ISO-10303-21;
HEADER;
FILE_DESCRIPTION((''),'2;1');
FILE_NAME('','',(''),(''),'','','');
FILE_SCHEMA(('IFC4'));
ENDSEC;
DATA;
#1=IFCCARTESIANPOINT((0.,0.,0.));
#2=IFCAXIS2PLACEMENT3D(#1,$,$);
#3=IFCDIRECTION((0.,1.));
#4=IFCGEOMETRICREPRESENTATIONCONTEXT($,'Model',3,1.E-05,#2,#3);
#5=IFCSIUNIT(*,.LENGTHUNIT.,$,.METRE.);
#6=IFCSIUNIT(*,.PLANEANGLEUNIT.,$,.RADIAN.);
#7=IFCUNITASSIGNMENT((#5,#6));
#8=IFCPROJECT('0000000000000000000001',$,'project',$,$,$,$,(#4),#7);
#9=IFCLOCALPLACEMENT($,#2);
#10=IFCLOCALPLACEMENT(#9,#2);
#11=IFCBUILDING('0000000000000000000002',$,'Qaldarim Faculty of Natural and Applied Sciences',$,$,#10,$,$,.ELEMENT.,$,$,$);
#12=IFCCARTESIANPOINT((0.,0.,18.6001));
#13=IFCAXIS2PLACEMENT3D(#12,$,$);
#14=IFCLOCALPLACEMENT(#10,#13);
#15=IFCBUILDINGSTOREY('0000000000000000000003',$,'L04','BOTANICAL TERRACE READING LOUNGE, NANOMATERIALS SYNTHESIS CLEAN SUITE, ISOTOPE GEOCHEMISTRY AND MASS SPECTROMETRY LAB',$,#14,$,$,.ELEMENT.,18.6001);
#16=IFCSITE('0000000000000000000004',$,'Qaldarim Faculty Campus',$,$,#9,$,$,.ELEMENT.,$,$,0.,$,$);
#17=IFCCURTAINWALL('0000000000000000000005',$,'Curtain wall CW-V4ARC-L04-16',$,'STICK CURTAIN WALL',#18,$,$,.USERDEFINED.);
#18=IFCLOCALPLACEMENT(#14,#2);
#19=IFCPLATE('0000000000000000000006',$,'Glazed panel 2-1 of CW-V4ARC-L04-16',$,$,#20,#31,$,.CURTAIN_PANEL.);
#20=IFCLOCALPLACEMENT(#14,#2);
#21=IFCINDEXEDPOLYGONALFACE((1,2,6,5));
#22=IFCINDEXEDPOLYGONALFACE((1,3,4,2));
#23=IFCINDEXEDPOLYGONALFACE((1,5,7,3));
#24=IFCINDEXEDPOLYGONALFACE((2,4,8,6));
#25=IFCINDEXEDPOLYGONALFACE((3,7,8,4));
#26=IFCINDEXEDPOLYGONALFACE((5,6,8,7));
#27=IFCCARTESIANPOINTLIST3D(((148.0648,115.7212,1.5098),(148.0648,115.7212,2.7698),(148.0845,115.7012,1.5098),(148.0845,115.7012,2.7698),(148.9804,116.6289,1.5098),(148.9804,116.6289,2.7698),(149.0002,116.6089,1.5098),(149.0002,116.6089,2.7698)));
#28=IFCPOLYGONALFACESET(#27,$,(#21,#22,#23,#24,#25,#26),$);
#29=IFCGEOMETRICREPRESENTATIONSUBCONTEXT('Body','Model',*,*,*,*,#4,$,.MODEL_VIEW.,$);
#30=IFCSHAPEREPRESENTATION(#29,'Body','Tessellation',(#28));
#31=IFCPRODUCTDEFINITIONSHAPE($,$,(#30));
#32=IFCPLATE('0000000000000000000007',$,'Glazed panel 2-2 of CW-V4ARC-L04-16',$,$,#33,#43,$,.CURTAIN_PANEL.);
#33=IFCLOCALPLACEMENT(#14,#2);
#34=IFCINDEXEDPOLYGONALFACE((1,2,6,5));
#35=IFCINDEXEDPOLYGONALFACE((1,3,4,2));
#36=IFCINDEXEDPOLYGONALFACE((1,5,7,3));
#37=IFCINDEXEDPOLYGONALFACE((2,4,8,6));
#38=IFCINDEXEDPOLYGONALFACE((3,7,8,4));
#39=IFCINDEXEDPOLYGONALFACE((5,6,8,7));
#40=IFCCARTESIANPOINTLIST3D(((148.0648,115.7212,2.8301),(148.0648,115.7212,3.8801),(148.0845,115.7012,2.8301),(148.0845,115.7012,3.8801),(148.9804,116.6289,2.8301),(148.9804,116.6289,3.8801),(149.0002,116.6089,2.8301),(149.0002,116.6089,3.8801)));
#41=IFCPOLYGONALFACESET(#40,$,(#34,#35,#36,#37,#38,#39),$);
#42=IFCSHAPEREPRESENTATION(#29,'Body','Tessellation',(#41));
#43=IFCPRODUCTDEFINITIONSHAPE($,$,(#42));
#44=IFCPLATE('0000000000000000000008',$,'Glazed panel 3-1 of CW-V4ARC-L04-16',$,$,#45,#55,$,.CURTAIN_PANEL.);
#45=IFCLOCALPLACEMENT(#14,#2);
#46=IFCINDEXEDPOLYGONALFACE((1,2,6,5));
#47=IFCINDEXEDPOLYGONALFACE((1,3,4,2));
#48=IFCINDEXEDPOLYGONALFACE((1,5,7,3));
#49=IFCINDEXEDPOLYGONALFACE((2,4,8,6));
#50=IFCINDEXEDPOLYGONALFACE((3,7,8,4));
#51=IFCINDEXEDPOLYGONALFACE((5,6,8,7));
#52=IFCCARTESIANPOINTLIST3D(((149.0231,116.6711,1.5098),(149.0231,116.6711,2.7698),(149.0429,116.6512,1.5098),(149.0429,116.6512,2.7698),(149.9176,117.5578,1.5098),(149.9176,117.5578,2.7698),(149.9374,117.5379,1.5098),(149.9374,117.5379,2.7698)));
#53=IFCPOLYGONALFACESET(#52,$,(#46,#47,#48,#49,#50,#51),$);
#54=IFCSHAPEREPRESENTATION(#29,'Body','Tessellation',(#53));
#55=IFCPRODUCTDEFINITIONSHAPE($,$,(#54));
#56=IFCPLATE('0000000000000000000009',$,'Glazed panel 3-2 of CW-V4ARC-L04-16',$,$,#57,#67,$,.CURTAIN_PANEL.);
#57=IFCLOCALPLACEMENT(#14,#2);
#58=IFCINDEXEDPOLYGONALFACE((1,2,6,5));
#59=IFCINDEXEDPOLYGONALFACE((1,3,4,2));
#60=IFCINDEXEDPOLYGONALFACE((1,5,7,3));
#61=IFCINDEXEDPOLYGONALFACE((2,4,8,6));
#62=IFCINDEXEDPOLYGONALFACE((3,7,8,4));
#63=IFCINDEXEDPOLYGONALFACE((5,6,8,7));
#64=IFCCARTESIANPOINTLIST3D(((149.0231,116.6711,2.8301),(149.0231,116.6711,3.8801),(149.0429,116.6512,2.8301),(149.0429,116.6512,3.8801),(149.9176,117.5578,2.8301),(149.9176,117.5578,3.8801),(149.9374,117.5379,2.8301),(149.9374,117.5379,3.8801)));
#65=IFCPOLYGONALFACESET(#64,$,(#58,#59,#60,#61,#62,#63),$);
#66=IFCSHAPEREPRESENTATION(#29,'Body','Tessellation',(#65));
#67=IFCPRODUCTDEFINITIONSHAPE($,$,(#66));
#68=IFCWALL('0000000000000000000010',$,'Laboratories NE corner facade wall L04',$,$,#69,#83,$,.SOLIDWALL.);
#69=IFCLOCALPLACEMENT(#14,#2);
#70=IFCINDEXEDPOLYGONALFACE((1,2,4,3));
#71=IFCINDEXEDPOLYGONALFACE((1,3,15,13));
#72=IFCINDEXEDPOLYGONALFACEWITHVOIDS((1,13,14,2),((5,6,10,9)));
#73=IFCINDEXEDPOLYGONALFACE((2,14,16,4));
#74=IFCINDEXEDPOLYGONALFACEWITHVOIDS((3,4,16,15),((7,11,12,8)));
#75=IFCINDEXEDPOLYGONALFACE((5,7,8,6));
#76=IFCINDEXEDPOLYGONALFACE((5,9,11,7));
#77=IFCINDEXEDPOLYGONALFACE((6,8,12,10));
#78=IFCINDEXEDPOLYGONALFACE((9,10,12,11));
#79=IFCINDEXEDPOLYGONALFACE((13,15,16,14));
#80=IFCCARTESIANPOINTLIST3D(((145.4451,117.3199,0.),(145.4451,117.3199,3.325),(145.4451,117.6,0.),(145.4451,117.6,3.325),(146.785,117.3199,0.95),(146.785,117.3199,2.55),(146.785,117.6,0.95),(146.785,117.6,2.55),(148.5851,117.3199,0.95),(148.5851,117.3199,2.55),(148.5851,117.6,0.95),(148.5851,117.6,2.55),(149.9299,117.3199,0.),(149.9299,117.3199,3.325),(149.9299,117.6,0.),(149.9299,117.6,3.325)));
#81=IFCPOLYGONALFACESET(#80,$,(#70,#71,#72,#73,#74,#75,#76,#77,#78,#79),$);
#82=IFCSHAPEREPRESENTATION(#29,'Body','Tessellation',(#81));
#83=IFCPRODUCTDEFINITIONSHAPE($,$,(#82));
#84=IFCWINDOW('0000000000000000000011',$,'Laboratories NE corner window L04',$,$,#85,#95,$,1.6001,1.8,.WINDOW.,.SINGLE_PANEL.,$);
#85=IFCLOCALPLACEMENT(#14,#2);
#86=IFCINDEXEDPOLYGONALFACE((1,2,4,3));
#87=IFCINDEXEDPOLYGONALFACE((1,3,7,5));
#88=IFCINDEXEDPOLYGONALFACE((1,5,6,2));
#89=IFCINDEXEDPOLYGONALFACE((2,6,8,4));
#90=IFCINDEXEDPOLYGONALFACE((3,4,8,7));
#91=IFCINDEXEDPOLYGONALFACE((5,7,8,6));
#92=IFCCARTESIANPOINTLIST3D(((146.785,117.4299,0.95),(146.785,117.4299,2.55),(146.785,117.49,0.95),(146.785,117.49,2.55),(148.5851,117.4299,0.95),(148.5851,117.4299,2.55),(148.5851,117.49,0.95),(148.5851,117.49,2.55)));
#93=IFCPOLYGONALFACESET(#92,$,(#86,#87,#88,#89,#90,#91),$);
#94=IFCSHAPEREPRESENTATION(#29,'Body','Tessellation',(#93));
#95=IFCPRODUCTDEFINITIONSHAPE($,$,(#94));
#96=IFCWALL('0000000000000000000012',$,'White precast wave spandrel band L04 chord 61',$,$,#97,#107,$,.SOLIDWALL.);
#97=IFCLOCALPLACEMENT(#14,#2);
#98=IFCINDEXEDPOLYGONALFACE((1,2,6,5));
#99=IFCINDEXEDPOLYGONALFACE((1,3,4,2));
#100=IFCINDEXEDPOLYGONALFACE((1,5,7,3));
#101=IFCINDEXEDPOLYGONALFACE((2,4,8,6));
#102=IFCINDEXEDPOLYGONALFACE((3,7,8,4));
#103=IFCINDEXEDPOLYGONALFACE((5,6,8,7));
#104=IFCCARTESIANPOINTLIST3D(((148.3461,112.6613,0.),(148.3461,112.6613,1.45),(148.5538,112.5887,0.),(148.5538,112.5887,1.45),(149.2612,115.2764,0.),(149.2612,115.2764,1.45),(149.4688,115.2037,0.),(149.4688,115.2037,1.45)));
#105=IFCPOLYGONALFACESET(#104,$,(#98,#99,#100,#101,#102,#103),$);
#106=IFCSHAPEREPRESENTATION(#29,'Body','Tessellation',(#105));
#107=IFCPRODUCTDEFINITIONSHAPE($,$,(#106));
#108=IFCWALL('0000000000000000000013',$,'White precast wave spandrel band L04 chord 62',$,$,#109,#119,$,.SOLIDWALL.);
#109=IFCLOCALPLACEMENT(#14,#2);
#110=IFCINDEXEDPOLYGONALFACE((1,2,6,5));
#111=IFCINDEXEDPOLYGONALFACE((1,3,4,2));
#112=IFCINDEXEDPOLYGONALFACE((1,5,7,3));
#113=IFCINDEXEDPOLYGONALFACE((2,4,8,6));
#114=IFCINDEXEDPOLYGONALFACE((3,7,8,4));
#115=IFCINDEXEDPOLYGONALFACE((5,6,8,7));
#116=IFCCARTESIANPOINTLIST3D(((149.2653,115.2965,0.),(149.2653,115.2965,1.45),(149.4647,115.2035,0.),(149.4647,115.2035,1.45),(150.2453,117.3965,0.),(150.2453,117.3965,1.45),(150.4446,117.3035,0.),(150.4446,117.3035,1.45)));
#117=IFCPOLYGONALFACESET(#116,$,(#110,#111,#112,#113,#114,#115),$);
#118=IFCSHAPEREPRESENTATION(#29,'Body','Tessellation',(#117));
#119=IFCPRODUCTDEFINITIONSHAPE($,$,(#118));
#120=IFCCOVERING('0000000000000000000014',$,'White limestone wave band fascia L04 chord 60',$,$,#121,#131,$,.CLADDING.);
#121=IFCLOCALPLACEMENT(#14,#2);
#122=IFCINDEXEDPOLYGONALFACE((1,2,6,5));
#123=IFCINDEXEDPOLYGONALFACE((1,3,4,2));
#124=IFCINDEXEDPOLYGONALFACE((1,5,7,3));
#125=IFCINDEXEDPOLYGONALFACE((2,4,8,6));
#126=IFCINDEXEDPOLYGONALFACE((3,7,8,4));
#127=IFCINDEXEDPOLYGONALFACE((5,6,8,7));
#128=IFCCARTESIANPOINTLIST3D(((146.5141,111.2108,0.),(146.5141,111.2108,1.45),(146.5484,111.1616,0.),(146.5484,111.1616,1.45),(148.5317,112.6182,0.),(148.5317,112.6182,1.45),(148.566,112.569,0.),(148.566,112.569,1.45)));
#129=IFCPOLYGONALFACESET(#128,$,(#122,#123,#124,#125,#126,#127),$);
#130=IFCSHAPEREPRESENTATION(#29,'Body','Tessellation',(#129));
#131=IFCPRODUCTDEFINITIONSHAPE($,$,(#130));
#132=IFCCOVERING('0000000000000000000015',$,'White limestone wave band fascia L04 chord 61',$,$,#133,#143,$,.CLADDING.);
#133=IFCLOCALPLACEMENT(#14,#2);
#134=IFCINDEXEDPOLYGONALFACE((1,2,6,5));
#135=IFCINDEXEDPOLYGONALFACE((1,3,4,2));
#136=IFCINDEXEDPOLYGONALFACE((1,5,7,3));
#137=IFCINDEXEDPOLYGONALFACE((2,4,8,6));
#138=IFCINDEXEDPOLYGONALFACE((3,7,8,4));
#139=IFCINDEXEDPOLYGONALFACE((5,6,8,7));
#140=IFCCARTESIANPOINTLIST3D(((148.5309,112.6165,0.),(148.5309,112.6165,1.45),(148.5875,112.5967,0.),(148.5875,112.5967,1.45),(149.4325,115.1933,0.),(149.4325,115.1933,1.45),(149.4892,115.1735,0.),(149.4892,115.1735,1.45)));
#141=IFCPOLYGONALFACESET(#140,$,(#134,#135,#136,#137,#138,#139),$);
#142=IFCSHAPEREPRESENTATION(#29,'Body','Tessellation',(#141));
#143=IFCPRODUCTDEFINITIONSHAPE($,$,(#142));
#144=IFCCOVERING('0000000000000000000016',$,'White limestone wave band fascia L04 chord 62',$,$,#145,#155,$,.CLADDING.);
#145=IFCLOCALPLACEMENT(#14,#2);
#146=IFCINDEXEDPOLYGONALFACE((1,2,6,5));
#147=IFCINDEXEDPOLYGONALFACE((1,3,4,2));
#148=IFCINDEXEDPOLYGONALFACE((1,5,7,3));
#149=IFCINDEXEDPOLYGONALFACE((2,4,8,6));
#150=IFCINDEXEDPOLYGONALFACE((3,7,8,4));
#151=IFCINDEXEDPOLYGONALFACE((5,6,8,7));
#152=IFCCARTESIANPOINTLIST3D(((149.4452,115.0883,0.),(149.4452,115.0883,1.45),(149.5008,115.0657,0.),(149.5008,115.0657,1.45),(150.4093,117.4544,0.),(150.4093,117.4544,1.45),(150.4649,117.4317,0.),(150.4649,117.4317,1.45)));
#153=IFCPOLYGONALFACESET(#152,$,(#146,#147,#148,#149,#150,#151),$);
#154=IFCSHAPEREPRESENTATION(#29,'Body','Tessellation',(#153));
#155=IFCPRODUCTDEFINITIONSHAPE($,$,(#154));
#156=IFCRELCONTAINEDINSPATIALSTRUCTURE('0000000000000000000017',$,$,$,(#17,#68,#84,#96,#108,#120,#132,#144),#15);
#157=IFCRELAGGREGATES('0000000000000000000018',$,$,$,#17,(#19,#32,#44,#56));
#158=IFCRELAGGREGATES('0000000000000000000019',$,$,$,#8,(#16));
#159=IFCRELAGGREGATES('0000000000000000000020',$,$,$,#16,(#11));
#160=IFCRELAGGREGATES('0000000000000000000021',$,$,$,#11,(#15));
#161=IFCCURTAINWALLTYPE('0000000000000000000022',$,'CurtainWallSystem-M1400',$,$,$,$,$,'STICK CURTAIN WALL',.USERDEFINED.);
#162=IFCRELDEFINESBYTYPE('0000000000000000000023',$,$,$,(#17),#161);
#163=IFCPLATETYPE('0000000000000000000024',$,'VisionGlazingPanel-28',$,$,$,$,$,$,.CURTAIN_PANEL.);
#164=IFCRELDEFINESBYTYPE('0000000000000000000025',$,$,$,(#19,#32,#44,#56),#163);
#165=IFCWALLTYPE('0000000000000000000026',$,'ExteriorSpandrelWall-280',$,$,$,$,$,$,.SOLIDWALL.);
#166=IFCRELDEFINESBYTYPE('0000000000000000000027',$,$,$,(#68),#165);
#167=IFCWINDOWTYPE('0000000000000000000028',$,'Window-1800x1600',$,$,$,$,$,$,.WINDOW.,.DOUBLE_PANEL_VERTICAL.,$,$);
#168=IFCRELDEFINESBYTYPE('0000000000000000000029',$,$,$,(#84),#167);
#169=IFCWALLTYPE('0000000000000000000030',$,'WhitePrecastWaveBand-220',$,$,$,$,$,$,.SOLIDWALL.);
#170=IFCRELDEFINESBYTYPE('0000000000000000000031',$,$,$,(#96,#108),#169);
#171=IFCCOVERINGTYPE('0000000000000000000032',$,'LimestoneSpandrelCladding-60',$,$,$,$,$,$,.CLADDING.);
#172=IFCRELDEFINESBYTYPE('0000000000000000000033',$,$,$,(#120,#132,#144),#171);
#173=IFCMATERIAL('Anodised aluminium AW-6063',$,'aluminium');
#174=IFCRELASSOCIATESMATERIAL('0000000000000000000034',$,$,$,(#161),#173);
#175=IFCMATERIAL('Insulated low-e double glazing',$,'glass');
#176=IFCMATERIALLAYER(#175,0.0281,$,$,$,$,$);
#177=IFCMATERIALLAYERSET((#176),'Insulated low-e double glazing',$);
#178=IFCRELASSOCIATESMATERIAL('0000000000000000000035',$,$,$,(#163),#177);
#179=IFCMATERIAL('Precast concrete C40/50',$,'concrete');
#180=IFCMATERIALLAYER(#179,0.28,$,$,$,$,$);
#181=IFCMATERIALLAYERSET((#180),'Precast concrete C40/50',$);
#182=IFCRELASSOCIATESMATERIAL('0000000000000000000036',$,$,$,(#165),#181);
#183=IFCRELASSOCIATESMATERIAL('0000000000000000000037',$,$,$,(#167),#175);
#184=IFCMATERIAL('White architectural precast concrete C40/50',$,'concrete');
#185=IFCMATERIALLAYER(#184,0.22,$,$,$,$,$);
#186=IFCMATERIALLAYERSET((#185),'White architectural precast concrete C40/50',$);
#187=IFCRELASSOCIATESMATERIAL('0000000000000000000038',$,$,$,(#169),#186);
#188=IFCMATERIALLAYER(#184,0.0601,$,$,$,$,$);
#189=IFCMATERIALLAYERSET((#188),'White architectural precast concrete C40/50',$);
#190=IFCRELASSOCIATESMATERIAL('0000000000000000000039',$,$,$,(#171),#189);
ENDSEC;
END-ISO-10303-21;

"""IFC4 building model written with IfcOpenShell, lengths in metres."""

from ifc_helpers import new_model, si_unit, direction, frame, frame_2d, origin, origin_2d, place, context, subcontext, project, spatial, rectangle, extrude, material, layer, layer_set, type_object, element, fill, aggregate, save


model = new_model("IFC4")

# Units and contexts
model_context = context("Model", 3, precision=1e-05, world=origin(), true_north=direction((0.0, 1.0)))
body_context = subcontext(model_context, "Body", "Model", "MODEL_VIEW")
ifc_project = project(units=[si_unit("LENGTHUNIT", "METRE"), si_unit("PLANEANGLEUNIT", "RADIAN")], contexts=[model_context])

# Site, building, storey
site_placement = place(None, origin())
site = spatial("IfcSite", under=ifc_project, at=site_placement, Name="Qaldarim Faculty Campus", CompositionType="ELEMENT", RefElevation=0.0)
building_placement = place(site_placement, origin())
building = spatial("IfcBuilding", under=site, at=building_placement, Name="Qaldarim Faculty of Natural and Applied Sciences", CompositionType="ELEMENT")
storey_placement = place(building_placement, frame((0.0, 0.0, 18.6001)))
storey = spatial("IfcBuildingStorey", under=building, at=storey_placement, Name="L04", Description="BOTANICAL TERRACE READING LOUNGE, NANOMATERIALS SYNTHESIS CLEAN SUITE, ISOTOPE GEOCHEMISTRY AND MASS SPECTROMETRY LAB", CompositionType="ELEMENT", Elevation=18.6001)

# Curtain wall, plates
ifc_material_1 = material(Name="Anodised aluminium AW-6063", Category="aluminium")
curtain_wall_type = type_object("IfcCurtainWallType", Name="CurtainWallSystem-M1400", ElementType="STICK CURTAIN WALL", PredefinedType="USERDEFINED", material=ifc_material_1)
curtain_wall_placement = place(storey_placement, origin())
curtain_wall = element("IfcCurtainWall", 1, at=curtain_wall_placement, inside=storey, type_object=curtain_wall_type, Name="Curtain wall CW-V4ARC-L04-16", ObjectType="STICK CURTAIN WALL", PredefinedType="USERDEFINED")
ifc_material_2 = material(Name="Insulated low-e double glazing", Category="glass")
ifc_layer_1 = layer(ifc_material_2, 0.0281)
ifc_layer_set_1 = layer_set([ifc_layer_1], Name="Insulated low-e double glazing")
plate_type = type_object("IfcPlateType", Name="VisionGlazingPanel-28", PredefinedType="CURTAIN_PANEL", material=ifc_layer_set_1)
plate_1_placement = place(storey_placement, frame((148.5325, 116.165, 1.5098), z_axis=(0.0, 0.0, 1.0), x_axis=(0.710185, 0.704015, 0.0)))
plate_1 = element("IfcPlate", 2, at=plate_1_placement, type_object=plate_type, Name="Glazed panel 2-1 of CW-V4ARC-L04-16", PredefinedType="CURTAIN_PANEL", context=body_context, shape_type="SweptSolid", body=[
    extrude(rectangle(XDim=1.2893, YDim=0.0281, at=origin_2d()), origin(), (0.0, 0.0, 1.0), 1.26),
])
plate_2_placement = place(storey_placement, frame((148.5325, 116.165, 2.8301), z_axis=(0.0, 0.0, 1.0), x_axis=(0.710185, 0.704015, 0.0)))
plate_2 = element("IfcPlate", 3, at=plate_2_placement, type_object=plate_type, Name="Glazed panel 2-2 of CW-V4ARC-L04-16", PredefinedType="CURTAIN_PANEL", context=body_context, shape_type="SweptSolid", body=[
    extrude(rectangle(XDim=1.2893, YDim=0.0281, at=origin_2d()), origin(), (0.0, 0.0, 1.0), 1.05),
])
plate_3_placement = place(storey_placement, frame((149.4802, 117.1045, 1.5098), z_axis=(0.0, 0.0, 1.0), x_axis=(0.710185, 0.704015, 0.0)))
plate_3 = element("IfcPlate", 4, at=plate_3_placement, type_object=plate_type, Name="Glazed panel 3-1 of CW-V4ARC-L04-16", PredefinedType="CURTAIN_PANEL", context=body_context, shape_type="SweptSolid", body=[
    extrude(rectangle(XDim=1.2595, YDim=0.0281, at=origin_2d()), origin(), (0.0, 0.0, 1.0), 1.26),
])
plate_4_placement = place(storey_placement, frame((149.4802, 117.1045, 2.8301), z_axis=(0.0, 0.0, 1.0), x_axis=(0.710185, 0.704015, 0.0)))
plate_4 = element("IfcPlate", 5, at=plate_4_placement, type_object=plate_type, Name="Glazed panel 3-2 of CW-V4ARC-L04-16", PredefinedType="CURTAIN_PANEL", context=body_context, shape_type="SweptSolid", body=[
    extrude(rectangle(XDim=1.2595, YDim=0.0281, at=origin_2d()), origin(), (0.0, 0.0, 1.0), 1.05),
])
aggregate(curtain_wall, [plate_1, plate_2, plate_3, plate_4])

# Wall, opening, window
ifc_material_3 = material(Name="Precast concrete C40/50", Category="concrete")
ifc_layer_2 = layer(ifc_material_3, 0.28)
ifc_layer_set_2 = layer_set([ifc_layer_2], Name="Precast concrete C40/50")
wall_type_1 = type_object("IfcWallType", Name="ExteriorSpandrelWall-280", PredefinedType="SOLIDWALL", material=ifc_layer_set_2)
wall_1_placement = place(storey_placement, frame((149.9299, 117.46, 0.0), z_axis=(0.0, 0.0, 1.0), x_axis=(-1.0, 0.0, 0.0)))
wall_1 = element("IfcWall", 6, at=wall_1_placement, inside=storey, type_object=wall_type_1, Name="Laboratories NE corner facade wall L04", PredefinedType="SOLIDWALL", context=body_context, shape_type="SweptSolid", body=[
    extrude(rectangle(XDim=4.4849, YDim=0.28, at=frame_2d((2.2424, 0.0))), origin(), (0.0, 0.0, 1.0), 3.325),
])
opening_placement = place(wall_1_placement, frame((1.345, 0.0, 0.95)))
opening = element("IfcOpeningElement", 7, at=opening_placement, cuts=wall_1, PredefinedType="OPENING", context=body_context, shape_type="SweptSolid", body=[
    extrude(rectangle(XDim=1.8, YDim=1.6001, at=frame_2d((0.8999, 0.8))), frame((0.0, 0.1499, 0.0), z_axis=(0.0, -1.0, 0.0), x_axis=(1.0, 0.0, 0.0)), (0.0, 0.0, 1.0), 0.3),
])
window_type = type_object("IfcWindowType", Name="Window-1800x1600", PartitioningType="DOUBLE_PANEL_VERTICAL", PredefinedType="WINDOW", material=ifc_material_2)
window_placement = place(opening_placement, origin())
window = element("IfcWindow", 8, at=window_placement, inside=storey, type_object=window_type, Name="Laboratories NE corner window L04", OverallHeight=1.6001, OverallWidth=1.8, PartitioningType="SINGLE_PANEL", PredefinedType="WINDOW", context=body_context, shape_type="SweptSolid", body=[
    extrude(rectangle(XDim=1.8, YDim=1.6001, at=frame_2d((0.8999, 0.8))), frame((0.0, 0.03, 0.0), z_axis=(0.0, -1.0, 0.0), x_axis=(1.0, 0.0, 0.0)), (0.0, 0.0, 1.0), 0.0601),
])
fill(opening, window)

# Walls
ifc_material_4 = material(Name="White architectural precast concrete C40/50", Category="concrete")
ifc_layer_3 = layer(ifc_material_4, 0.22)
ifc_layer_set_3 = layer_set([ifc_layer_3], Name="White architectural precast concrete C40/50")
wall_type_2 = type_object("IfcWallType", Name="WhitePrecastWaveBand-220", PredefinedType="SOLIDWALL", material=ifc_layer_set_3)
wall_2_placement = place(storey_placement, frame((148.45, 112.625, 0.0), z_axis=(0.0, 0.0, 1.0), x_axis=(0.330284, 0.943882, 0.0)))
element("IfcWall", 9, at=wall_2_placement, inside=storey, type_object=wall_type_2, Name="White precast wave spandrel band L04 chord 61", PredefinedType="SOLIDWALL", context=body_context, shape_type="SweptSolid", body=[
    extrude(rectangle(XDim=2.7705, YDim=0.22, at=frame_2d((1.3853, 0.0))), origin(), (0.0, 0.0, 1.0), 1.45),
])
wall_3_placement = place(storey_placement, frame((149.365, 115.25, 0.0), z_axis=(0.0, 0.0, 1.0), x_axis=(0.422862, 0.906194, 0.0)))
element("IfcWall", 10, at=wall_3_placement, inside=storey, type_object=wall_type_2, Name="White precast wave spandrel band L04 chord 62", PredefinedType="SOLIDWALL", context=body_context, shape_type="SweptSolid", body=[
    extrude(rectangle(XDim=2.3174, YDim=0.22, at=frame_2d((1.1587, 0.0))), origin(), (0.0, 0.0, 1.0), 1.45),
])

# Coverings
ifc_layer_4 = layer(ifc_material_4, 0.0601)
ifc_layer_set_4 = layer_set([ifc_layer_4], Name="White architectural precast concrete C40/50")
covering_type = type_object("IfcCoveringType", Name="LimestoneSpandrelCladding-60", PredefinedType="CLADDING", material=ifc_layer_set_4)
covering_1_placement = place(storey_placement, frame((147.54, 111.8899, 0.0), z_axis=(0.0, 0.0, 1.0), x_axis=(0.820172, 0.572117, 0.0)))
element("IfcCovering", 11, at=covering_1_placement, inside=storey, type_object=covering_type, Name="White limestone wave band fascia L04 chord 60", PredefinedType="CLADDING", context=body_context, shape_type="SweptSolid", body=[
    extrude(rectangle(XDim=2.46, YDim=0.0601, at=origin_2d()), origin(), (0.0, 0.0, 1.0), 1.45),
])
covering_2_placement = place(storey_placement, frame((149.01, 113.895, 0.0), z_axis=(0.0, 0.0, 1.0), x_axis=(0.330267, 0.943887, 0.0)))
element("IfcCovering", 12, at=covering_2_placement, inside=storey, type_object=covering_type, Name="White limestone wave band fascia L04 chord 61", PredefinedType="CLADDING", context=body_context, shape_type="SweptSolid", body=[
    extrude(rectangle(XDim=2.73, YDim=0.0601, at=origin_2d()), origin(), (0.0, 0.0, 1.0), 1.45),
])
covering_3_placement = place(storey_placement, frame((149.9551, 116.26, 0.0), z_axis=(0.0, 0.0, 1.0), x_axis=(0.377356, 0.926068, 0.0)))
element("IfcCovering", 13, at=covering_3_placement, inside=storey, type_object=covering_type, Name="White limestone wave band fascia L04 chord 62", PredefinedType="CLADDING", context=body_context, shape_type="SweptSolid", body=[
    extrude(rectangle(XDim=2.5549, YDim=0.0601, at=origin_2d()), origin(), (0.0, 0.0, 1.0), 1.45),
])

save(model, "model.ifc")
